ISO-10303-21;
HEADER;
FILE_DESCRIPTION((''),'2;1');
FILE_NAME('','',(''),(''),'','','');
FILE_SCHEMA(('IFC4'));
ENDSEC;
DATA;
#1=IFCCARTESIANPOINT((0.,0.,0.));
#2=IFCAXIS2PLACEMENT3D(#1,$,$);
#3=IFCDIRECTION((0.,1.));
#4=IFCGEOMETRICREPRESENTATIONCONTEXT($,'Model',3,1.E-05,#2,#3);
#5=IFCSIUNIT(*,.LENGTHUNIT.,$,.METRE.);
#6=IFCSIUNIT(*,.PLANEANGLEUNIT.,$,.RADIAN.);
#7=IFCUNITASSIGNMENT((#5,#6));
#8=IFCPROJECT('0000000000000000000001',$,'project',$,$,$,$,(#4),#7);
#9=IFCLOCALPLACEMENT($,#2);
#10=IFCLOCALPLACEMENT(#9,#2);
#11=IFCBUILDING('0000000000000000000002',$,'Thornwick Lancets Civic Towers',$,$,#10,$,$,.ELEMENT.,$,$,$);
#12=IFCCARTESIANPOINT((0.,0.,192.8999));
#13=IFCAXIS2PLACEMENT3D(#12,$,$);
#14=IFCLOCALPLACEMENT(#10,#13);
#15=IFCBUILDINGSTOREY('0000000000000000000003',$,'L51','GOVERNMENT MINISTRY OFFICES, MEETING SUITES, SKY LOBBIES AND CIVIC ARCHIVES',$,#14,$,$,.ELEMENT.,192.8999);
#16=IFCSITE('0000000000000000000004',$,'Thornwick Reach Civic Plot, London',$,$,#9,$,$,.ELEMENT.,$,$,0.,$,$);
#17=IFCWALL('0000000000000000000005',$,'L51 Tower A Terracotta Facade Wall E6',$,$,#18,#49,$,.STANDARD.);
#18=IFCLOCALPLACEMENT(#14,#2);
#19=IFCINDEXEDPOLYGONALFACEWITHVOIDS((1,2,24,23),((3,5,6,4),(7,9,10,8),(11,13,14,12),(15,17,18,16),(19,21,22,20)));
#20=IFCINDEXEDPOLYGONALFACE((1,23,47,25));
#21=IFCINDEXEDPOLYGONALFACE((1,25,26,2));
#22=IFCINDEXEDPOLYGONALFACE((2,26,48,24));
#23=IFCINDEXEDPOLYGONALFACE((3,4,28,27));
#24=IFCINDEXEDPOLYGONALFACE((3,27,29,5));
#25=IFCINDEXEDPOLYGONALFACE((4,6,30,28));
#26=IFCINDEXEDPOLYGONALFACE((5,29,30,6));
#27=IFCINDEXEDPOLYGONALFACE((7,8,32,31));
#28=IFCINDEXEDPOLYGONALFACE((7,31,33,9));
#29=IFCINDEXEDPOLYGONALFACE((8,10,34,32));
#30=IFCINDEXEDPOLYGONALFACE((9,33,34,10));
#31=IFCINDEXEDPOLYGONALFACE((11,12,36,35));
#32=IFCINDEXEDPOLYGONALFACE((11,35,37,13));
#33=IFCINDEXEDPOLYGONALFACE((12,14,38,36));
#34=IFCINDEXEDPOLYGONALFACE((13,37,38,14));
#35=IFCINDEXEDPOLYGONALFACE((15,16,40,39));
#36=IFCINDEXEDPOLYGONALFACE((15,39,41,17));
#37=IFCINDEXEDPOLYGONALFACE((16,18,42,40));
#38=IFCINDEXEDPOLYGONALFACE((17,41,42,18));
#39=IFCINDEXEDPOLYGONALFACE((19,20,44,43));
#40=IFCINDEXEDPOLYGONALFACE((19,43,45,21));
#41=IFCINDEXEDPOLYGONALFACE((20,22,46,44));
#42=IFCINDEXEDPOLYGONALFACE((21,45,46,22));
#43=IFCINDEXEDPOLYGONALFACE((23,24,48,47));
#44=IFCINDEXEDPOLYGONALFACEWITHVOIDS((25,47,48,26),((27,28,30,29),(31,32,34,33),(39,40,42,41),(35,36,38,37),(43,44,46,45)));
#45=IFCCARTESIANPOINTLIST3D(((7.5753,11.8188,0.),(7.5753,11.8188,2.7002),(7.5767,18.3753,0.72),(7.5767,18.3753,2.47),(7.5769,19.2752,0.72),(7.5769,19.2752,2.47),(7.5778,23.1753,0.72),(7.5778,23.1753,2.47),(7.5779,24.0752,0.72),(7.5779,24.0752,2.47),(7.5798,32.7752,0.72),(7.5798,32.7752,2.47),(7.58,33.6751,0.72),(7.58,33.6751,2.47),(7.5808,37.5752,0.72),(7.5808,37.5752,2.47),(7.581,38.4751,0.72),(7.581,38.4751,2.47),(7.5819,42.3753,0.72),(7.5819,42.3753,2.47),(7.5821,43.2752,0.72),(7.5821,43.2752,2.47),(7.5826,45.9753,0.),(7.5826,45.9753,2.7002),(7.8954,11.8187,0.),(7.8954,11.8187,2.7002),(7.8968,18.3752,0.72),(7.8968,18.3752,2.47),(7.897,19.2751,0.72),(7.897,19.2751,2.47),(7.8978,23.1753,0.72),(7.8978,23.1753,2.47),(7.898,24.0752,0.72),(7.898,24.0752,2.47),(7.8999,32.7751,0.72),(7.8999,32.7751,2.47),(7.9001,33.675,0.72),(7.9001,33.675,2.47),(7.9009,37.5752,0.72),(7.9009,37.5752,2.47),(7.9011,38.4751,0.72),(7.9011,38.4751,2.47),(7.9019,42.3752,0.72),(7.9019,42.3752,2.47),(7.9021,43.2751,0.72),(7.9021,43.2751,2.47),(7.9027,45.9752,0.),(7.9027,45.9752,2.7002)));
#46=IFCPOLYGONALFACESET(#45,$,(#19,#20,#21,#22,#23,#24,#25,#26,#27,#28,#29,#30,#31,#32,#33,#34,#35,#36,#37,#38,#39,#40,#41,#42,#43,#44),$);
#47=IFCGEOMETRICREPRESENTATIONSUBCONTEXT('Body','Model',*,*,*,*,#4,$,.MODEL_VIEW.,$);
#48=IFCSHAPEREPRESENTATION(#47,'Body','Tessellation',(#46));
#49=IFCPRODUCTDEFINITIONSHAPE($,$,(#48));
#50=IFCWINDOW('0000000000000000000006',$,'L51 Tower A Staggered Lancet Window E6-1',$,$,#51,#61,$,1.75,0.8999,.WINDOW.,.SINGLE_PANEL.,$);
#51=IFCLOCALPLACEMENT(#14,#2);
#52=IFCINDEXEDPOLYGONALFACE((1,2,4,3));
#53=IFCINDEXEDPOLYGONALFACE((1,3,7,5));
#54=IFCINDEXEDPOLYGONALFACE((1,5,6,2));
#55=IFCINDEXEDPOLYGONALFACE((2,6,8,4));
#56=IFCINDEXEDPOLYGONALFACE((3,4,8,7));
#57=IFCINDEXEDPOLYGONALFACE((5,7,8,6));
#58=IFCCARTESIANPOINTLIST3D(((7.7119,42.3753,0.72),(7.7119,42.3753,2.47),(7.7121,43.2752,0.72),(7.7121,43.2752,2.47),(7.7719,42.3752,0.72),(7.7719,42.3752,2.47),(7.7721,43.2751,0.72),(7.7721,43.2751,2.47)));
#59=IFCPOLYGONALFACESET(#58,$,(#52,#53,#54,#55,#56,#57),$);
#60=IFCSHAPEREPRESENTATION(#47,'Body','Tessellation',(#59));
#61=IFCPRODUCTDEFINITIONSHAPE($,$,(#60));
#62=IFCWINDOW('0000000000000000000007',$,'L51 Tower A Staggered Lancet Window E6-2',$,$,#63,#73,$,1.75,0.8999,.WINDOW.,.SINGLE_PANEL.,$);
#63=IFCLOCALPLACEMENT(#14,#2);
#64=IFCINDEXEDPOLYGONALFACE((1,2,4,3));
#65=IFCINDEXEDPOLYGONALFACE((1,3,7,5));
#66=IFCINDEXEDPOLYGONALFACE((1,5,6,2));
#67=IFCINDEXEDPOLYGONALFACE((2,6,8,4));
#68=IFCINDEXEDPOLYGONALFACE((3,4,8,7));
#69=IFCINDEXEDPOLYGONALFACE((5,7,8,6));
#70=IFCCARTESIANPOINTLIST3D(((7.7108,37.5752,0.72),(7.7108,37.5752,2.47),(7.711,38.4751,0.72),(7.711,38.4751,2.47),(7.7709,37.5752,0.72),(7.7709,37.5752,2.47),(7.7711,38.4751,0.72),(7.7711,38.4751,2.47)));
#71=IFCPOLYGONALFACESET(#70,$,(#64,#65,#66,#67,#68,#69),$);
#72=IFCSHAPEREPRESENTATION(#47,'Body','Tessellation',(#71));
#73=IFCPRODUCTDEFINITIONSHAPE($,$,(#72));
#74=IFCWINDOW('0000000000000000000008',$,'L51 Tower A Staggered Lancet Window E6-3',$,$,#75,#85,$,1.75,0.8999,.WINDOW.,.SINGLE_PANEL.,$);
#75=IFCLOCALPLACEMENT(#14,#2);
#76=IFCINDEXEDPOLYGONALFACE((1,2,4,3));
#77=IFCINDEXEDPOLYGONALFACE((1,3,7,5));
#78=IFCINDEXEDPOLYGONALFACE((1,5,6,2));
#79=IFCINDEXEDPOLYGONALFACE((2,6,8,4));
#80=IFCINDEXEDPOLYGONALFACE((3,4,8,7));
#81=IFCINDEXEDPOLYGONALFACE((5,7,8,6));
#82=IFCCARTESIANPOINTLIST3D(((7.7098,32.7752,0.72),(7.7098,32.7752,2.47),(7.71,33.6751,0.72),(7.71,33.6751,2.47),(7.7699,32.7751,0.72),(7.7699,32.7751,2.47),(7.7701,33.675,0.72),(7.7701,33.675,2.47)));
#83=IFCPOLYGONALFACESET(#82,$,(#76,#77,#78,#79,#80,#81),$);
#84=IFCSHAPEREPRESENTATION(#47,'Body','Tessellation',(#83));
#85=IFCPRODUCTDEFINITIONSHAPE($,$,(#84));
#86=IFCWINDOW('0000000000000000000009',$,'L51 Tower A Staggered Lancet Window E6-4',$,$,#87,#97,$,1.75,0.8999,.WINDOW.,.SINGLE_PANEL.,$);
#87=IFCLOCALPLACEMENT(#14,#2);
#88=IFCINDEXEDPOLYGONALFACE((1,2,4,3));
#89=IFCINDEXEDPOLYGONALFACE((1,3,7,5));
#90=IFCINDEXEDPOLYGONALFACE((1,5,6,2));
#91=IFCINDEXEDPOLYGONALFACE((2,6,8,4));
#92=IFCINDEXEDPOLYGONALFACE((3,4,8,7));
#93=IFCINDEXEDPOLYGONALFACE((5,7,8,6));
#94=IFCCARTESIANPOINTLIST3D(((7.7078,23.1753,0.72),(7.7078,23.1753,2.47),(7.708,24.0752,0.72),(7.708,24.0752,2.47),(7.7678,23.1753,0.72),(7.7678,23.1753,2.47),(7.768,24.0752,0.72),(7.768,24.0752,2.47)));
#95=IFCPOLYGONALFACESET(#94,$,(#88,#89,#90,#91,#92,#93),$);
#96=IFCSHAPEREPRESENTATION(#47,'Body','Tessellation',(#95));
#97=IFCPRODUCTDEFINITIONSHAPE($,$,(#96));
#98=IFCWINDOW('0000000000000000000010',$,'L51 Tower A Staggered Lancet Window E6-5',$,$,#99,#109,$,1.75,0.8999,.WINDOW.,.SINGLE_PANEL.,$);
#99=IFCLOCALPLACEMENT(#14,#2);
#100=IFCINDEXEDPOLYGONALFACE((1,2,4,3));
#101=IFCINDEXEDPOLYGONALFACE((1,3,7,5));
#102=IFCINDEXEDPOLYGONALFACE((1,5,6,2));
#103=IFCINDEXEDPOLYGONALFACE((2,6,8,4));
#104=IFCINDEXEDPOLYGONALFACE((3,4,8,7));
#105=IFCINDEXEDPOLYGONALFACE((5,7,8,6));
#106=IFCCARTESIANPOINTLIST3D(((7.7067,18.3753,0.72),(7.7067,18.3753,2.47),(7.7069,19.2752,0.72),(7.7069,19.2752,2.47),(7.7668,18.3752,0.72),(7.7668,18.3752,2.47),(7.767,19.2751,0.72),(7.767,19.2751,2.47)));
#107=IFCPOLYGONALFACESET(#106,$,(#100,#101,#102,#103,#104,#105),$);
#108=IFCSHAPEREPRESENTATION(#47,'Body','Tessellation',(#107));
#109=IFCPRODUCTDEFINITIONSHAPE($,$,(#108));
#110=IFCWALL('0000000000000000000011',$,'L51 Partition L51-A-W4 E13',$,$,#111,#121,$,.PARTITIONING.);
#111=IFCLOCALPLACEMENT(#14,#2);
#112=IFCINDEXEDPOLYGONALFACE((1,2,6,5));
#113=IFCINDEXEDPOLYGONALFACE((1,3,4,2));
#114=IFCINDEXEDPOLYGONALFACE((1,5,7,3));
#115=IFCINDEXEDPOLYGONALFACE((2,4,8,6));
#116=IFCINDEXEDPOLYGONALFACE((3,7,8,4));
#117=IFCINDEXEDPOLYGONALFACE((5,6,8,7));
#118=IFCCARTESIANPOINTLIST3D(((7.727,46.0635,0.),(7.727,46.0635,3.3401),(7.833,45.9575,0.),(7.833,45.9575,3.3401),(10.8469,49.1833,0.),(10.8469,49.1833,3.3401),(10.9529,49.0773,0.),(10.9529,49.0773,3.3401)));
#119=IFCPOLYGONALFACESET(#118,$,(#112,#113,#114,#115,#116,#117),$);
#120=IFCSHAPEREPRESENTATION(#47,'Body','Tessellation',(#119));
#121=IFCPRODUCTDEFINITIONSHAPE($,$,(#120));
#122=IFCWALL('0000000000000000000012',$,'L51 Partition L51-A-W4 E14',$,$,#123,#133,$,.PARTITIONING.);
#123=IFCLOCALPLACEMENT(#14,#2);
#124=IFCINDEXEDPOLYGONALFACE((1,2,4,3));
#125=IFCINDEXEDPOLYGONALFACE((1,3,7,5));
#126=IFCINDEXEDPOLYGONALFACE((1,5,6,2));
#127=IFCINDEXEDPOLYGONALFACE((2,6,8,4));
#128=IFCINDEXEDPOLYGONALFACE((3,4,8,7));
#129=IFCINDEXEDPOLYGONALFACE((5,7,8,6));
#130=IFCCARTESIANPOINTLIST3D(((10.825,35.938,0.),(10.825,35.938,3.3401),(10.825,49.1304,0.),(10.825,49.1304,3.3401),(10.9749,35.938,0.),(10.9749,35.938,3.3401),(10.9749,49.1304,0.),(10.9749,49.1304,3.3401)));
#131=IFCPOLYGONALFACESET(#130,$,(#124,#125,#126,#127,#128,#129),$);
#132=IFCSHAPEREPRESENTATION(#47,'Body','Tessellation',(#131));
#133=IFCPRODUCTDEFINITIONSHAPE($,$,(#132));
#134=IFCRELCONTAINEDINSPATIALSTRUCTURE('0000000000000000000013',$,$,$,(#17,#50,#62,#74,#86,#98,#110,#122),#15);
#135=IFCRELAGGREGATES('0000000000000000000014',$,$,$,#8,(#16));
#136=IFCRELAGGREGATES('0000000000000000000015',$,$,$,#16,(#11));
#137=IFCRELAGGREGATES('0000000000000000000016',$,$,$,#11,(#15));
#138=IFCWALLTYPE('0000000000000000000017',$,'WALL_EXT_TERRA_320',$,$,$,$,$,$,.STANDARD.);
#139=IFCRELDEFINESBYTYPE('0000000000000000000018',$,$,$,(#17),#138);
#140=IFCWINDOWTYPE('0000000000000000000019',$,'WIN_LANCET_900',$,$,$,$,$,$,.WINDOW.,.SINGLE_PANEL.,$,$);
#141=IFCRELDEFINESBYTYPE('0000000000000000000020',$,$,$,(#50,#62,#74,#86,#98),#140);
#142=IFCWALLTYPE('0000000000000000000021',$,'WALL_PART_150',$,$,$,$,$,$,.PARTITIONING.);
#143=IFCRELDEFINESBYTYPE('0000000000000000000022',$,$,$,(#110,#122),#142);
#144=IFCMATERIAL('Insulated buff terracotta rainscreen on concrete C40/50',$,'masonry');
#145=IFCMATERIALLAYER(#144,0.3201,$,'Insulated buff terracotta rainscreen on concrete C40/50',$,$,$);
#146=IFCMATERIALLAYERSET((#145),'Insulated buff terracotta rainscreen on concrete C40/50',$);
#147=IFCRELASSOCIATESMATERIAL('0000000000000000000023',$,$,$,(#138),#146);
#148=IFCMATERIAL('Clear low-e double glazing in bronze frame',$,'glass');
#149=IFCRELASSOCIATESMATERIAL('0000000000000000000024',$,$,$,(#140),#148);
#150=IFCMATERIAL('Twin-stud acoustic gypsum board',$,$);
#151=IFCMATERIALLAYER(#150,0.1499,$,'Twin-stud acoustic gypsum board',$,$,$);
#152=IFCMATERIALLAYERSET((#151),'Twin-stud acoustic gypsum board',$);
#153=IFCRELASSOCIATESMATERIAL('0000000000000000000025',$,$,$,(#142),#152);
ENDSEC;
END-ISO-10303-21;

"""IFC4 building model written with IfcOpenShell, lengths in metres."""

from ifc_helpers import new_model, si_unit, direction, frame, frame_2d, origin, place, context, subcontext, project, spatial, rectangle, extrude, material, layer, layer_set, type_object, element, fill, save


model = new_model("IFC4")

# Units and contexts
model_context = context("Model", 3, precision=1e-05, world=origin(), true_north=direction((0.0, 1.0)))
body_context = subcontext(model_context, "Body", "Model", "MODEL_VIEW")
ifc_project = project(units=[si_unit("LENGTHUNIT", "METRE"), si_unit("PLANEANGLEUNIT", "RADIAN")], contexts=[model_context])

# Site, building, storey
site_placement = place(None, origin())
site = spatial("IfcSite", under=ifc_project, at=site_placement, Name="Thornwick Reach Civic Plot, London", CompositionType="ELEMENT", RefElevation=0.0)
building_placement = place(site_placement, origin())
building = spatial("IfcBuilding", under=site, at=building_placement, Name="Thornwick Lancets Civic Towers", CompositionType="ELEMENT")
storey_placement = place(building_placement, frame((0.0, 0.0, 192.8999)))
storey = spatial("IfcBuildingStorey", under=building, at=storey_placement, Name="L51", Description="GOVERNMENT MINISTRY OFFICES, MEETING SUITES, SKY LOBBIES AND CIVIC ARCHIVES", CompositionType="ELEMENT", Elevation=192.8999)

# Wall, openings, windows
ifc_material_1 = material(Name="Insulated buff terracotta rainscreen on concrete C40/50", Category="masonry")
ifc_layer_1 = layer(ifc_material_1, 0.3201, Name="Insulated buff terracotta rainscreen on concrete C40/50")
ifc_layer_set_1 = layer_set([ifc_layer_1], Name="Insulated buff terracotta rainscreen on concrete C40/50")
wall_type_1 = type_object("IfcWallType", Name="WALL_EXT_TERRA_320", PredefinedType="STANDARD", material=ifc_layer_set_1)
wall_1_placement = place(storey_placement, frame((7.7427, 45.9751, 0.0), z_axis=(0.0, 0.0, 1.0), x_axis=(-0.000214, -1.0, 0.0)))
wall_1 = element("IfcWall", 1, at=wall_1_placement, inside=storey, type_object=wall_type_1, Name="L51 Tower A Terracotta Facade Wall E6", PredefinedType="STANDARD", context=body_context, shape_type="SweptSolid", body=[
    extrude(rectangle(XDim=34.1565, YDim=0.3201, at=frame_2d((17.0781, 0.0))), origin(), (0.0, 0.0, 1.0), 2.7002),
])
opening_1_placement = place(wall_1_placement, frame((2.7, 0.0, 0.72)))
opening_1 = element("IfcOpeningElement", 2, at=opening_1_placement, cuts=wall_1, PredefinedType="OPENING", context=body_context, shape_type="SweptSolid", body=[
    extrude(rectangle(XDim=0.8999, YDim=1.75, at=frame_2d((0.45, 0.875))), frame((0.0, 0.1699, 0.0), z_axis=(0.0, -1.0, 0.0), x_axis=(1.0, 0.0, 0.0)), (0.0, 0.0, 1.0), 0.3401),
])
opening_2_placement = place(wall_1_placement, frame((7.5, 0.0, 0.72)))
opening_2 = element("IfcOpeningElement", 3, at=opening_2_placement, cuts=wall_1, PredefinedType="OPENING", context=body_context, shape_type="SweptSolid", body=[
    extrude(rectangle(XDim=0.8999, YDim=1.75, at=frame_2d((0.45, 0.875))), frame((0.0, 0.1699, 0.0), z_axis=(0.0, -1.0, 0.0), x_axis=(1.0, 0.0, 0.0)), (0.0, 0.0, 1.0), 0.3401),
])
opening_3_placement = place(wall_1_placement, frame((12.3, 0.0, 0.72)))
opening_3 = element("IfcOpeningElement", 4, at=opening_3_placement, cuts=wall_1, PredefinedType="OPENING", context=body_context, shape_type="SweptSolid", body=[
    extrude(rectangle(XDim=0.8999, YDim=1.75, at=frame_2d((0.45, 0.875))), frame((0.0, 0.1699, 0.0), z_axis=(0.0, -1.0, 0.0), x_axis=(1.0, 0.0, 0.0)), (0.0, 0.0, 1.0), 0.3401),
])
opening_4_placement = place(wall_1_placement, frame((21.8999, 0.0, 0.72)))
opening_4 = element("IfcOpeningElement", 5, at=opening_4_placement, cuts=wall_1, PredefinedType="OPENING", context=body_context, shape_type="SweptSolid", body=[
    extrude(rectangle(XDim=0.8999, YDim=1.75, at=frame_2d((0.45, 0.875))), frame((0.0, 0.1699, 0.0), z_axis=(0.0, -1.0, 0.0), x_axis=(1.0, 0.0, 0.0)), (0.0, 0.0, 1.0), 0.3401),
])
opening_5_placement = place(wall_1_placement, frame((26.7, 0.0, 0.72)))
opening_5 = element("IfcOpeningElement", 6, at=opening_5_placement, cuts=wall_1, PredefinedType="OPENING", context=body_context, shape_type="SweptSolid", body=[
    extrude(rectangle(XDim=0.8999, YDim=1.75, at=frame_2d((0.45, 0.875))), frame((0.0, 0.1699, 0.0), z_axis=(0.0, -1.0, 0.0), x_axis=(1.0, 0.0, 0.0)), (0.0, 0.0, 1.0), 0.3401),
])
ifc_material_2 = material(Name="Clear low-e double glazing in bronze frame", Category="glass")
window_type = type_object("IfcWindowType", Name="WIN_LANCET_900", PartitioningType="SINGLE_PANEL", PredefinedType="WINDOW", material=ifc_material_2)
window_1_placement = place(opening_1_placement, origin())
window_1 = element("IfcWindow", 7, at=window_1_placement, inside=storey, type_object=window_type, Name="L51 Tower A Staggered Lancet Window E6-1", OverallHeight=1.75, OverallWidth=0.8999, PartitioningType="SINGLE_PANEL", PredefinedType="WINDOW", context=body_context, shape_type="SweptSolid", body=[
    extrude(rectangle(XDim=0.8999, YDim=1.75, at=frame_2d((0.45, 0.875))), frame((0.0, 0.03, 0.0), z_axis=(0.0, -1.0, 0.0), x_axis=(1.0, 0.0, 0.0)), (0.0, 0.0, 1.0), 0.0601),
])
fill(opening_1, window_1)
window_2_placement = place(opening_2_placement, origin())
window_2 = element("IfcWindow", 8, at=window_2_placement, inside=storey, type_object=window_type, Name="L51 Tower A Staggered Lancet Window E6-2", OverallHeight=1.75, OverallWidth=0.8999, PartitioningType="SINGLE_PANEL", PredefinedType="WINDOW", context=body_context, shape_type="SweptSolid", body=[
    extrude(rectangle(XDim=0.8999, YDim=1.75, at=frame_2d((0.45, 0.875))), frame((0.0, 0.03, 0.0), z_axis=(0.0, -1.0, 0.0), x_axis=(1.0, 0.0, 0.0)), (0.0, 0.0, 1.0), 0.0601),
])
fill(opening_2, window_2)
window_3_placement = place(opening_3_placement, origin())
window_3 = element("IfcWindow", 9, at=window_3_placement, inside=storey, type_object=window_type, Name="L51 Tower A Staggered Lancet Window E6-3", OverallHeight=1.75, OverallWidth=0.8999, PartitioningType="SINGLE_PANEL", PredefinedType="WINDOW", context=body_context, shape_type="SweptSolid", body=[
    extrude(rectangle(XDim=0.8999, YDim=1.75, at=frame_2d((0.45, 0.875))), frame((0.0, 0.03, 0.0), z_axis=(0.0, -1.0, 0.0), x_axis=(1.0, 0.0, 0.0)), (0.0, 0.0, 1.0), 0.0601),
])
fill(opening_3, window_3)
window_4_placement = place(opening_4_placement, origin())
window_4 = element("IfcWindow", 10, at=window_4_placement, inside=storey, type_object=window_type, Name="L51 Tower A Staggered Lancet Window E6-4", OverallHeight=1.75, OverallWidth=0.8999, PartitioningType="SINGLE_PANEL", PredefinedType="WINDOW", context=body_context, shape_type="SweptSolid", body=[
    extrude(rectangle(XDim=0.8999, YDim=1.75, at=frame_2d((0.45, 0.875))), frame((0.0, 0.03, 0.0), z_axis=(0.0, -1.0, 0.0), x_axis=(1.0, 0.0, 0.0)), (0.0, 0.0, 1.0), 0.0601),
])
fill(opening_4, window_4)
window_5_placement = place(opening_5_placement, origin())
window_5 = element("IfcWindow", 11, at=window_5_placement, inside=storey, type_object=window_type, Name="L51 Tower A Staggered Lancet Window E6-5", OverallHeight=1.75, OverallWidth=0.8999, PartitioningType="SINGLE_PANEL", PredefinedType="WINDOW", context=body_context, shape_type="SweptSolid", body=[
    extrude(rectangle(XDim=0.8999, YDim=1.75, at=frame_2d((0.45, 0.875))), frame((0.0, 0.03, 0.0), z_axis=(0.0, -1.0, 0.0), x_axis=(1.0, 0.0, 0.0)), (0.0, 0.0, 1.0), 0.0601),
])
fill(opening_5, window_5)

# Walls
ifc_material_3 = material(Name="Twin-stud acoustic gypsum board")
ifc_layer_2 = layer(ifc_material_3, 0.1499, Name="Twin-stud acoustic gypsum board")
ifc_layer_set_2 = layer_set([ifc_layer_2], Name="Twin-stud acoustic gypsum board")
wall_type_2 = type_object("IfcWallType", Name="WALL_PART_150", PredefinedType="PARTITIONING", material=ifc_layer_set_2)
wall_2_placement = place(storey_placement, frame((7.78, 46.0105, 0.0), z_axis=(0.0, 0.0, 1.0), x_axis=(0.707107, 0.707107, 0.0)))
element("IfcWall", 12, at=wall_2_placement, inside=storey, type_object=wall_type_2, Name="L51 Partition L51-A-W4 E13", PredefinedType="PARTITIONING", context=body_context, shape_type="SweptSolid", body=[
    extrude(rectangle(XDim=4.4121, YDim=0.1499, at=frame_2d((2.2061, 0.0))), origin(), (0.0, 0.0, 1.0), 3.3401),
])
wall_3_placement = place(storey_placement, frame((10.8999, 49.1304, 0.0), z_axis=(0.0, 0.0, 1.0), x_axis=(0.0, -1.0, 0.0)))
element("IfcWall", 13, at=wall_3_placement, inside=storey, type_object=wall_type_2, Name="L51 Partition L51-A-W4 E14", PredefinedType="PARTITIONING", context=body_context, shape_type="SweptSolid", body=[
    extrude(rectangle(XDim=13.1924, YDim=0.1499, at=frame_2d((6.5962, 0.0))), origin(), (0.0, 0.0, 1.0), 3.3401),
])

save(model, "model.ifc")
